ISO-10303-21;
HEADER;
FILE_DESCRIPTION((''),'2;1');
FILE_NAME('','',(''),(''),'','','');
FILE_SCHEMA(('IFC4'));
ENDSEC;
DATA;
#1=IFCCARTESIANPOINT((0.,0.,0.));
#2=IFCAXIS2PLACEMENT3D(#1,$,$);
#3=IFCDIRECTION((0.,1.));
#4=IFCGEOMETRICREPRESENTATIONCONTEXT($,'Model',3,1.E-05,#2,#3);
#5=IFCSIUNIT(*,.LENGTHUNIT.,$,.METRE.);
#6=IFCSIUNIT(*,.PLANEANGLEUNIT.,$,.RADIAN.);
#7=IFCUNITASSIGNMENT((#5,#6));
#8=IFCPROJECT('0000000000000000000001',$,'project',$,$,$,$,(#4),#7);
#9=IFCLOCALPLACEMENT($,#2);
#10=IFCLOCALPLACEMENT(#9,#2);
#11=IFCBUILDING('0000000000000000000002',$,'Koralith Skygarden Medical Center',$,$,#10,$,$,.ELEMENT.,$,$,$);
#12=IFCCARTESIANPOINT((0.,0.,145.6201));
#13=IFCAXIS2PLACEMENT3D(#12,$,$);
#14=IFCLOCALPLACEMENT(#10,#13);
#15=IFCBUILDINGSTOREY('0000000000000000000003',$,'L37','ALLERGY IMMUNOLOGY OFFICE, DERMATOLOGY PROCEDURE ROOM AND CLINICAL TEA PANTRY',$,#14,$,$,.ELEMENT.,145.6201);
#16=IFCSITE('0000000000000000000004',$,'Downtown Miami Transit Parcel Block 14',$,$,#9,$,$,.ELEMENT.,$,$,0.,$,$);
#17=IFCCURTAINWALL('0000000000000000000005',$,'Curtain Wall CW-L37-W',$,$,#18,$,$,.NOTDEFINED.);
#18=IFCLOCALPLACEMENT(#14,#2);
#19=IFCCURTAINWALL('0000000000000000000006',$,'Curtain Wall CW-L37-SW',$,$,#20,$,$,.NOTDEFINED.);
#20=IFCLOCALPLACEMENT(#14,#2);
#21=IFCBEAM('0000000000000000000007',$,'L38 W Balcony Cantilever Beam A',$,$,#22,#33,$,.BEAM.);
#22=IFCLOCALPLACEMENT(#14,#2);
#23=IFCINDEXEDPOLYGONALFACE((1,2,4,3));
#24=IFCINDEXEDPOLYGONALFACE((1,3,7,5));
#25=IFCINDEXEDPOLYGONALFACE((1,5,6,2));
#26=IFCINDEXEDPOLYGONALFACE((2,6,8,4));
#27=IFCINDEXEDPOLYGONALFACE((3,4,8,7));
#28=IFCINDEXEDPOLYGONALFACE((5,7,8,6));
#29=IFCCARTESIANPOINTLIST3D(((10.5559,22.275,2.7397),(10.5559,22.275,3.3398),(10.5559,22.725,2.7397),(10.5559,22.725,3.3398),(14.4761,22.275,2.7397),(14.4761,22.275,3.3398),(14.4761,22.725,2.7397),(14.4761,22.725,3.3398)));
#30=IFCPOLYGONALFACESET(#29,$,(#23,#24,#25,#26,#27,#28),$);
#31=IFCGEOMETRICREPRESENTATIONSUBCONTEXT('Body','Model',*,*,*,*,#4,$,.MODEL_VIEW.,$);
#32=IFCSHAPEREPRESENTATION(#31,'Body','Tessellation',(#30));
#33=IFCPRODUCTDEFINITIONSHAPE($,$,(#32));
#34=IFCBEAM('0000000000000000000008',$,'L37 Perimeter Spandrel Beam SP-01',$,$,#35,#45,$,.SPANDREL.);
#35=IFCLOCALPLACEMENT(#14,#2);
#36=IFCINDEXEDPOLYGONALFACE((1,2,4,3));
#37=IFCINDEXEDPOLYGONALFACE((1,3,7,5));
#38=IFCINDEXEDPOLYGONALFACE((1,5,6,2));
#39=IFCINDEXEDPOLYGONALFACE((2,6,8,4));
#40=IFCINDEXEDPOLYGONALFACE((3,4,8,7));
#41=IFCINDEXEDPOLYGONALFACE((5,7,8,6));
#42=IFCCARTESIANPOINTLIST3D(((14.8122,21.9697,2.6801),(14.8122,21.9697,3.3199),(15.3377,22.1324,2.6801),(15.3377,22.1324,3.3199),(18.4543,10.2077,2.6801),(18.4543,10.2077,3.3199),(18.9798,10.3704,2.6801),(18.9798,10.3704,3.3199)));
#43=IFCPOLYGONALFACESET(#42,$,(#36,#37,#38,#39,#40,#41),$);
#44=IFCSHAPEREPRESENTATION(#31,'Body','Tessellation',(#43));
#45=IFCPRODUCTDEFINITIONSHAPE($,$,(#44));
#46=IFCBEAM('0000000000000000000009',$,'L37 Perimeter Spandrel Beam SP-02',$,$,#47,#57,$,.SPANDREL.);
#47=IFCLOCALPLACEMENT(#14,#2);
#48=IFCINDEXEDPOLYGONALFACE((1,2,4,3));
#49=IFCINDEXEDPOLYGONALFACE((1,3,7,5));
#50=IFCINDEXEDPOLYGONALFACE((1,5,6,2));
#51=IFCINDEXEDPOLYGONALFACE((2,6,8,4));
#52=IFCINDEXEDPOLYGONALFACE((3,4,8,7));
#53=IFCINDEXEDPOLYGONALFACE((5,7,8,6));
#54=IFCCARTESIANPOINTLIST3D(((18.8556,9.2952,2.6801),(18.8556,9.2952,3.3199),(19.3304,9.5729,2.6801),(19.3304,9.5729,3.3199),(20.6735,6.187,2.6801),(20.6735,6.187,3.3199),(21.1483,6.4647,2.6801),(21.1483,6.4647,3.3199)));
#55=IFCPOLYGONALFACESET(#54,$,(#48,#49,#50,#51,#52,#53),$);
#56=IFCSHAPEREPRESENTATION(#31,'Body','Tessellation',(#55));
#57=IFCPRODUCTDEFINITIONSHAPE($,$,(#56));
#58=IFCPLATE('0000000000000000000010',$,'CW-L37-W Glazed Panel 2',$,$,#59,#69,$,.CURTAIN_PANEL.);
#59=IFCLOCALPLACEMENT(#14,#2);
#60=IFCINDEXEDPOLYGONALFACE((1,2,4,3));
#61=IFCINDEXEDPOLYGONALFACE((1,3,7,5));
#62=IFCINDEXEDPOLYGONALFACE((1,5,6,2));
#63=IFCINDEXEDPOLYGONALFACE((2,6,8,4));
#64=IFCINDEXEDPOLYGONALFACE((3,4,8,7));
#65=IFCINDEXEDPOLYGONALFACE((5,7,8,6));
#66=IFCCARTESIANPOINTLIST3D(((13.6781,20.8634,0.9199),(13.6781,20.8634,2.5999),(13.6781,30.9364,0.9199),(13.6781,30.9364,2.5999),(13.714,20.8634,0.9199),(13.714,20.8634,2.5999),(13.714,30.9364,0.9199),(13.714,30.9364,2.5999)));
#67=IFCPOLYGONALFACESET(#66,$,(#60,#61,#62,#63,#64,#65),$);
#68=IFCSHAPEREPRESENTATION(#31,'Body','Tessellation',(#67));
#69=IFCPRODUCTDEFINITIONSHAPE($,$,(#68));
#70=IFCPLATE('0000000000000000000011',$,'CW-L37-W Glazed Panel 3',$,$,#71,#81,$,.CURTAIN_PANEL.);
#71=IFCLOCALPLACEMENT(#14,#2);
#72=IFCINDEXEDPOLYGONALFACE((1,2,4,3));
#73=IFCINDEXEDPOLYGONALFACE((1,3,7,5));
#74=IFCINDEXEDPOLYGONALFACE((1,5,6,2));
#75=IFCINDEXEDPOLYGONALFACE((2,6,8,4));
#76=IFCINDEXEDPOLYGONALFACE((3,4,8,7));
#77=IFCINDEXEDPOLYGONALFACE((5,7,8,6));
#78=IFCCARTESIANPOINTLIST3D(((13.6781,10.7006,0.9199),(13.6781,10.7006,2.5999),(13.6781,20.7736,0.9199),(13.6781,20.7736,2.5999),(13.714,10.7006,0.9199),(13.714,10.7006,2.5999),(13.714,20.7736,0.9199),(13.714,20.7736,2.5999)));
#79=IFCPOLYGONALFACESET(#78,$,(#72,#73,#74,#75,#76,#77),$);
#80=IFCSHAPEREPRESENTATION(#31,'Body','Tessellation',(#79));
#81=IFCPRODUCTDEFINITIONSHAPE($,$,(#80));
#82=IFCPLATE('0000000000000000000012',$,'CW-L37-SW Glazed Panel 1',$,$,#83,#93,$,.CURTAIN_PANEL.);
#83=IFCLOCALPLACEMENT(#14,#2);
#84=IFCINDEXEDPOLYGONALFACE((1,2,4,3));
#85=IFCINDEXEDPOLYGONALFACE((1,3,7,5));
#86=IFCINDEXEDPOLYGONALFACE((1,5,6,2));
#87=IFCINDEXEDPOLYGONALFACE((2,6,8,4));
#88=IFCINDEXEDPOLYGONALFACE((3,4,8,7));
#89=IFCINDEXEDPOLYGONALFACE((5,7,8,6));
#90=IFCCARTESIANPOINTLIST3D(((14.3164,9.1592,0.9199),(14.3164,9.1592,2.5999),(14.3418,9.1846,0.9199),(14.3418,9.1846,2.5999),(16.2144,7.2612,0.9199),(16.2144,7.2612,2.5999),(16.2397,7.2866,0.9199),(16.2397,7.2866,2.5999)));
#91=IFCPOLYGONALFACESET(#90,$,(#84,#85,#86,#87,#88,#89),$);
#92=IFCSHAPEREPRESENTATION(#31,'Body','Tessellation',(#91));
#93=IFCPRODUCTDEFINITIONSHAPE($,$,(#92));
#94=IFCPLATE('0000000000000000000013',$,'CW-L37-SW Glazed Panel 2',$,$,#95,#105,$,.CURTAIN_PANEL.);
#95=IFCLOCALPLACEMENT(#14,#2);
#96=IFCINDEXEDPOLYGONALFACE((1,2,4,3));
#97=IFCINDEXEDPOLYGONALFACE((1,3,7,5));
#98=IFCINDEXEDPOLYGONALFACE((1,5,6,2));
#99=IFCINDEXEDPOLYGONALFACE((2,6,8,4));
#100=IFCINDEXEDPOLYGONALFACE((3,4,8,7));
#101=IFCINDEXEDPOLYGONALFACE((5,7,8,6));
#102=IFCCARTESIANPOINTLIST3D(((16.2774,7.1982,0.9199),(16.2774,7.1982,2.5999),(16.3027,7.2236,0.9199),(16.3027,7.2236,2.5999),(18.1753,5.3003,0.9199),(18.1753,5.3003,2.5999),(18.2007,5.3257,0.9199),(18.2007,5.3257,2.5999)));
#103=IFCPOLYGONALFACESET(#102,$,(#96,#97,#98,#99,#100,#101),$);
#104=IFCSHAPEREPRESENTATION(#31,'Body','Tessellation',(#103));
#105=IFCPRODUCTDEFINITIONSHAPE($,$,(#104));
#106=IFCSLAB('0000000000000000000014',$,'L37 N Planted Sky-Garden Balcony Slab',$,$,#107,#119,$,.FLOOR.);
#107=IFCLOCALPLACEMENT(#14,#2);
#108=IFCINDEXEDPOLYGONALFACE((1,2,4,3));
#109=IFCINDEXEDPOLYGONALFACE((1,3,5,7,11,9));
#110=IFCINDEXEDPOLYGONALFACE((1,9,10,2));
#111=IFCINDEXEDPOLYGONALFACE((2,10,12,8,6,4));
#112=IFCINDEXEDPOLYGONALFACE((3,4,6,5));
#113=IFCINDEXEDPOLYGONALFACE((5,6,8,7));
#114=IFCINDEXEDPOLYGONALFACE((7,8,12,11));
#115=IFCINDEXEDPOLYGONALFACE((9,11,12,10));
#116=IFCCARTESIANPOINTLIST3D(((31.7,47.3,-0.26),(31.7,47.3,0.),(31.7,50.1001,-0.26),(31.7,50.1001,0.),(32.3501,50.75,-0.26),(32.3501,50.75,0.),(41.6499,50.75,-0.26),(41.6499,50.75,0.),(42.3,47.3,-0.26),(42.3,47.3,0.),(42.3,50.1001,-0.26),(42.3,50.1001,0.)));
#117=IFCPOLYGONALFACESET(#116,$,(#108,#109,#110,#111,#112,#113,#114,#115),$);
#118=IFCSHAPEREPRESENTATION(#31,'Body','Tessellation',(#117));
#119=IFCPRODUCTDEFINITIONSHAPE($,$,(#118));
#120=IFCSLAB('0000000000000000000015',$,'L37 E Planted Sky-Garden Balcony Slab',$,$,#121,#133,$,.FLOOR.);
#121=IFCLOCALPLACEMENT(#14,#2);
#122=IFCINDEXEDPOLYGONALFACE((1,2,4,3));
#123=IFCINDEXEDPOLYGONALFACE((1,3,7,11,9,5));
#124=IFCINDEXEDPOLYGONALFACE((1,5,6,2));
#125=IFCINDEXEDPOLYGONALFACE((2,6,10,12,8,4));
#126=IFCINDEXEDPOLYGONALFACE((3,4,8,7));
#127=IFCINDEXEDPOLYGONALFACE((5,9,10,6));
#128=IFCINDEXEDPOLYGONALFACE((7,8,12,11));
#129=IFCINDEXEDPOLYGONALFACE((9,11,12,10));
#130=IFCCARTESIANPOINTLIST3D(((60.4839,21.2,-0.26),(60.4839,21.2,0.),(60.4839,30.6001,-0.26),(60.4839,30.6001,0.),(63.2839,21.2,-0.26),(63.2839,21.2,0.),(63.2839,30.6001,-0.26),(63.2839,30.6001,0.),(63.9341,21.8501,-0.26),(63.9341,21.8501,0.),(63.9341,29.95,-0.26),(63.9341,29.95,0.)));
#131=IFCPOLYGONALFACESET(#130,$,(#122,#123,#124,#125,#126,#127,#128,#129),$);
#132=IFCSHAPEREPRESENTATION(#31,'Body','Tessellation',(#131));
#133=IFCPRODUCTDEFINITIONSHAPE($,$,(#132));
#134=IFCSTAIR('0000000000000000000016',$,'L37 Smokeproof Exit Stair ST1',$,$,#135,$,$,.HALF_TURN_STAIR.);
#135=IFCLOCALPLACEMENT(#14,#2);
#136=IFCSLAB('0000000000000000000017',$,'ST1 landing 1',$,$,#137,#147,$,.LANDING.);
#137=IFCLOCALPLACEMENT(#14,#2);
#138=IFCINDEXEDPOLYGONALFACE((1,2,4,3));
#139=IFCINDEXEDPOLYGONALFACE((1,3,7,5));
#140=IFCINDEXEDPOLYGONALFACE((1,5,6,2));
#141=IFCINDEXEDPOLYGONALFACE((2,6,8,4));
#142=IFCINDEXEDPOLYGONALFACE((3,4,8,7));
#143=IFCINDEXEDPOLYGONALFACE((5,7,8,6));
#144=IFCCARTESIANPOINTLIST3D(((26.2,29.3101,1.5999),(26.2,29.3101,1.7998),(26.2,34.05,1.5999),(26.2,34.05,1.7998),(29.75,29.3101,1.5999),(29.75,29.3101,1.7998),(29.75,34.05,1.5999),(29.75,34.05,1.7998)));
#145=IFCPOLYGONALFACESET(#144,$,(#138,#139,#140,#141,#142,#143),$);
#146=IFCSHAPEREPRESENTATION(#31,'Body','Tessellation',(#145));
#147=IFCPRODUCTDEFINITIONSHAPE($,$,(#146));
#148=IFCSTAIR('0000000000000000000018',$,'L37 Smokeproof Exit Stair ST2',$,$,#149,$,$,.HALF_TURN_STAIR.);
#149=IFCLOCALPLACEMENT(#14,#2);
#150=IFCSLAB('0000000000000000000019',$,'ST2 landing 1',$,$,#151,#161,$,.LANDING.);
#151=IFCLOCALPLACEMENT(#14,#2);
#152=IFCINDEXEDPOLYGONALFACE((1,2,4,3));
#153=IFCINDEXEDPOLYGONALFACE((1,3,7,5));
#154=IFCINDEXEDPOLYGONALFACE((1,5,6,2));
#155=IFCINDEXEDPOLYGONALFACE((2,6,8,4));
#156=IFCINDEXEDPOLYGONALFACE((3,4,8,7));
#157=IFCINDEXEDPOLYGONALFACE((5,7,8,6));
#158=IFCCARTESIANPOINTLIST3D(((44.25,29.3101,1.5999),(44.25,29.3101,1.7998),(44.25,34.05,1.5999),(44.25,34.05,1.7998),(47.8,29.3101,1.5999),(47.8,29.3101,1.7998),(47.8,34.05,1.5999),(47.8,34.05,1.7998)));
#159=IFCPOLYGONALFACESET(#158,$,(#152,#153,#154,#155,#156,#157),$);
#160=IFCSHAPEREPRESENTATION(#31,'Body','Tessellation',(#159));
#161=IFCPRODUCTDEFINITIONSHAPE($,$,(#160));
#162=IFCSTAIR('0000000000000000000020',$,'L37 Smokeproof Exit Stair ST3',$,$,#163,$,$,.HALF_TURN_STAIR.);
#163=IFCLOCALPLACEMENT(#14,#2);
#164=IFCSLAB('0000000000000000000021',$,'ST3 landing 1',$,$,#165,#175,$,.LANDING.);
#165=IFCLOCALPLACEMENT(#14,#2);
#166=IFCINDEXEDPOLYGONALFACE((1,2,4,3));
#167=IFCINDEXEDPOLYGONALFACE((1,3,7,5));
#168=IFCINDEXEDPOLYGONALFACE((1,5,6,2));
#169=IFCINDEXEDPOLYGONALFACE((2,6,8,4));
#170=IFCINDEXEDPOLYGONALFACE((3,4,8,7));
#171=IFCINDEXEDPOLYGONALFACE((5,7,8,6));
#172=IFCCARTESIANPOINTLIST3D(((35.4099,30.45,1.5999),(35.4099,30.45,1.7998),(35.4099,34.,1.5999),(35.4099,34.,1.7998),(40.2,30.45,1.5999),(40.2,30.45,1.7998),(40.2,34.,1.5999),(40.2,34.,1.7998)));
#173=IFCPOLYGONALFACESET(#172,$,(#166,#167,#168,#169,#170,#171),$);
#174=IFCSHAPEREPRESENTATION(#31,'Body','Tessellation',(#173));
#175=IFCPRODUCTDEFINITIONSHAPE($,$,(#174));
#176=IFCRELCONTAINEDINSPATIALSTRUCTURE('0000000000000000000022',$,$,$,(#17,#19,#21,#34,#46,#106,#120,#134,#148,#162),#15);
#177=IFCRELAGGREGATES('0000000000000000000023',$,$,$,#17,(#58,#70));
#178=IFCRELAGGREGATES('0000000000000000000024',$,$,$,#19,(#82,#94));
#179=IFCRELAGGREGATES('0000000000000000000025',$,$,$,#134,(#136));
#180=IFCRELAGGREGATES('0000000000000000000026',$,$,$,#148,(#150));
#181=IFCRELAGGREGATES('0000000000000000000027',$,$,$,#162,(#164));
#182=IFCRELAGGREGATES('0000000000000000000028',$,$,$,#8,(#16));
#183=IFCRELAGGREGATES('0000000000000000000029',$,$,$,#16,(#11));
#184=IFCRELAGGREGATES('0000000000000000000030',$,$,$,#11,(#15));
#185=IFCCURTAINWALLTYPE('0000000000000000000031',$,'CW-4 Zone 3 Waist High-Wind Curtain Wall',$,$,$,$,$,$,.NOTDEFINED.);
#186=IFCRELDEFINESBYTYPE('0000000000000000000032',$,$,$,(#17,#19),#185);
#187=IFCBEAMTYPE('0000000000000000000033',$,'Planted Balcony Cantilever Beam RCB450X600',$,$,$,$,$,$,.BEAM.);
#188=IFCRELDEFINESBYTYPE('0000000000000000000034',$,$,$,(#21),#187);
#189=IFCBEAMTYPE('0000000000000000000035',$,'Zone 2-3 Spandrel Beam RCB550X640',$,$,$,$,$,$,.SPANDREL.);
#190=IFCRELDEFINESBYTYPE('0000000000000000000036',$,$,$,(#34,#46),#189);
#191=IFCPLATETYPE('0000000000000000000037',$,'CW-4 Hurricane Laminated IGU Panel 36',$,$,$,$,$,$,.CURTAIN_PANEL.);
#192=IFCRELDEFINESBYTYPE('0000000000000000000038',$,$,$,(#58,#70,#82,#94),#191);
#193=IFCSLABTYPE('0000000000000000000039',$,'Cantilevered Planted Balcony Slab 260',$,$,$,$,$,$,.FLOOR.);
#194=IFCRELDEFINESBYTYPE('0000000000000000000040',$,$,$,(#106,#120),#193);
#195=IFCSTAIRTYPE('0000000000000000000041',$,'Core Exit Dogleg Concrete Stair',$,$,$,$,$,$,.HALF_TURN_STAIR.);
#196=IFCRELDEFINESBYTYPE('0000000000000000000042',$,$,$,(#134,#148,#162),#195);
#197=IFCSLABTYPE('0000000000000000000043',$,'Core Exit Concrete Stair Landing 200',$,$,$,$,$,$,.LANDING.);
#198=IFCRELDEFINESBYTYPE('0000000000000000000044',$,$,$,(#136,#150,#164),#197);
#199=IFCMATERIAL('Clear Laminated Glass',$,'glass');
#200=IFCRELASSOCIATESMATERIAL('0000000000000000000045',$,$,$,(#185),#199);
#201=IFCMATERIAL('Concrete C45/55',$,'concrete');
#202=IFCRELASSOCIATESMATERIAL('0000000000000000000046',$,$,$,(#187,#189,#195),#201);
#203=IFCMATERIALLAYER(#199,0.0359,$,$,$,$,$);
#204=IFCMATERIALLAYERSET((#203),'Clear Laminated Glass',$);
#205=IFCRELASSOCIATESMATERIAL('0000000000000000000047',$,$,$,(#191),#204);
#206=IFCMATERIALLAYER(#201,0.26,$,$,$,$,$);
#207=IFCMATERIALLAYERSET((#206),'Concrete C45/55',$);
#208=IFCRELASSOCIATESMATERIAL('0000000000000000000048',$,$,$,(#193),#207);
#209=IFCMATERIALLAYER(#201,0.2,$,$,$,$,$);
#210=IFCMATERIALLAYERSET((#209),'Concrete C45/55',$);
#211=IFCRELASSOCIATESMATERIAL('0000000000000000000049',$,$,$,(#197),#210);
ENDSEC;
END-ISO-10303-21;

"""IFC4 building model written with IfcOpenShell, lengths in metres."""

from ifc_helpers import new_model, si_unit, direction, frame, origin, origin_2d, place, context, subcontext, project, spatial, polyline, rectangle, outline, extrude, material, layer, layer_set, material_profile, profile_set, type_object, element, aggregate, save


model = new_model("IFC4")

# Units and contexts
model_context = context("Model", 3, precision=1e-05, world=origin(), true_north=direction((0.0, 1.0)))
body_context = subcontext(model_context, "Body", "Model", "MODEL_VIEW")
ifc_project = project(units=[si_unit("LENGTHUNIT", "METRE"), si_unit("PLANEANGLEUNIT", "RADIAN")], contexts=[model_context])

# Site, building, storey
site_placement = place(None, origin())
site = spatial("IfcSite", under=ifc_project, at=site_placement, Name="Downtown Miami Transit Parcel Block 14", CompositionType="ELEMENT", RefElevation=0.0)
building_placement = place(site_placement, origin())
building = spatial("IfcBuilding", under=site, at=building_placement, Name="Koralith Skygarden Medical Center", CompositionType="ELEMENT")
storey_placement = place(building_placement, frame((0.0, 0.0, 145.6201)))
storey = spatial("IfcBuildingStorey", under=building, at=storey_placement, Name="L37", Description="ALLERGY IMMUNOLOGY OFFICE, DERMATOLOGY PROCEDURE ROOM AND CLINICAL TEA PANTRY", CompositionType="ELEMENT", Elevation=145.6201)

# Shared definitions
ifc_material_1 = material(Name="Clear Laminated Glass", Category="glass")
curtain_wall_type = type_object("IfcCurtainWallType", Name="CW-4 Zone 3 Waist High-Wind Curtain Wall", PredefinedType="NOTDEFINED", material=ifc_material_1)

# Curtain walls
curtain_wall_1_placement = place(storey_placement, origin())
curtain_wall_1 = element("IfcCurtainWall", 1, at=curtain_wall_1_placement, inside=storey, type_object=curtain_wall_type, Name="Curtain Wall CW-L37-W", PredefinedType="NOTDEFINED")
curtain_wall_2_placement = place(storey_placement, origin())
curtain_wall_2 = element("IfcCurtainWall", 2, at=curtain_wall_2_placement, inside=storey, type_object=curtain_wall_type, Name="Curtain Wall CW-L37-SW", PredefinedType="NOTDEFINED")

# Beams
ifc_material_2 = material(Name="Concrete C45/55", Category="concrete")
ifc_material_profile_1 = material_profile(ifc_material_2, rectangle(XDim=0.45, YDim=0.6001, at=origin_2d()), Name="RCB450X600")
ifc_profile_set_1 = profile_set([ifc_material_profile_1], Name="Concrete C45/55")
beam_type_1 = type_object("IfcBeamType", Name="Planted Balcony Cantilever Beam RCB450X600", PredefinedType="BEAM", material=ifc_profile_set_1)
beam_1_placement = place(storey_placement, frame((14.4761, 22.5, 3.0398), z_axis=(-1.0, 0.0, 0.0), x_axis=(0.0, -1.0, 0.0)))
element("IfcBeam", 3, at=beam_1_placement, inside=storey, type_object=beam_type_1, Name="L38 W Balcony Cantilever Beam A", PredefinedType="BEAM", context=body_context, shape_type="SweptSolid", body=[
    extrude(rectangle(XDim=0.45, YDim=0.6001, at=origin_2d()), origin(), (0.0, 0.0, 1.0), 3.9202),
])
ifc_material_profile_2 = material_profile(ifc_material_2, rectangle(XDim=0.55, YDim=0.6399, at=origin_2d()), Name="RCB550X640")
ifc_profile_set_2 = profile_set([ifc_material_profile_2], Name="Concrete C45/55")
beam_type_2 = type_object("IfcBeamType", Name="Zone 2-3 Spandrel Beam RCB550X640", PredefinedType="SPANDREL", material=ifc_profile_set_2)
beam_2_placement = place(storey_placement, frame((15.075, 22.051, 3.0), z_axis=(0.295794, -0.955252, 0.0), x_axis=(0.955252, 0.295794, 0.0)))
element("IfcBeam", 4, at=beam_2_placement, inside=storey, type_object=beam_type_2, Name="L37 Perimeter Spandrel Beam SP-01", PredefinedType="SPANDREL", context=body_context, shape_type="SweptSolid", body=[
    extrude(rectangle(XDim=0.55, YDim=0.6399, at=origin_2d()), origin(), (0.0, 0.0, 1.0), 12.313),
])
beam_3_placement = place(storey_placement, frame((19.093, 9.4341, 3.0), z_axis=(0.504861, -0.8632, 0.0), x_axis=(0.8632, 0.504861, 0.0)))
element("IfcBeam", 5, at=beam_3_placement, inside=storey, type_object=beam_type_2, Name="L37 Perimeter Spandrel Beam SP-02", PredefinedType="SPANDREL", context=body_context, shape_type="SweptSolid", body=[
    extrude(rectangle(XDim=0.55, YDim=0.6399, at=origin_2d()), origin(), (0.0, 0.0, 1.0), 3.6008),
])

# Plates
ifc_layer_1 = layer(ifc_material_1, 0.0359)
ifc_layer_set_1 = layer_set([ifc_layer_1], Name="Clear Laminated Glass")
plate_type_1 = type_object("IfcPlateType", Name="CW-4 Hurricane Laminated IGU Panel 36", PredefinedType="CURTAIN_PANEL", material=ifc_layer_set_1)
plate_1_placement = place(storey_placement, frame((13.696, 25.8999, 0.9199), z_axis=(0.0, 0.0, 1.0), x_axis=(0.0, -1.0, 0.0)))
plate_1 = element("IfcPlate", 6, at=plate_1_placement, type_object=plate_type_1, Name="CW-L37-W Glazed Panel 2", PredefinedType="CURTAIN_PANEL", context=body_context, shape_type="SweptSolid", body=[
    extrude(rectangle(XDim=10.073, YDim=0.0359, at=origin_2d()), origin(), (0.0, 0.0, 1.0), 1.6799),
])
plate_2_placement = place(storey_placement, frame((13.696, 15.7371, 0.9199), z_axis=(0.0, 0.0, 1.0), x_axis=(0.0, -1.0, 0.0)))
plate_2 = element("IfcPlate", 7, at=plate_2_placement, type_object=plate_type_1, Name="CW-L37-W Glazed Panel 3", PredefinedType="CURTAIN_PANEL", context=body_context, shape_type="SweptSolid", body=[
    extrude(rectangle(XDim=10.073, YDim=0.0359, at=origin_2d()), origin(), (0.0, 0.0, 1.0), 1.6799),
])
aggregate(curtain_wall_1, [plate_1, plate_2])
plate_3_placement = place(storey_placement, frame((15.2781, 8.2229, 0.9199), z_axis=(0.0, 0.0, 1.0), x_axis=(0.707107, -0.707107, 0.0)))
plate_3 = element("IfcPlate", 8, at=plate_3_placement, type_object=plate_type_1, Name="CW-L37-SW Glazed Panel 1", PredefinedType="CURTAIN_PANEL", context=body_context, shape_type="SweptSolid", body=[
    extrude(rectangle(XDim=2.6841, YDim=0.0359, at=origin_2d()), origin(), (0.0, 0.0, 1.0), 1.6799),
])
plate_4_placement = place(storey_placement, frame((17.239, 6.262, 0.9199), z_axis=(0.0, 0.0, 1.0), x_axis=(0.707107, -0.707107, 0.0)))
plate_4 = element("IfcPlate", 9, at=plate_4_placement, type_object=plate_type_1, Name="CW-L37-SW Glazed Panel 2", PredefinedType="CURTAIN_PANEL", context=body_context, shape_type="SweptSolid", body=[
    extrude(rectangle(XDim=2.6841, YDim=0.0359, at=origin_2d()), origin(), (0.0, 0.0, 1.0), 1.6799),
])
aggregate(curtain_wall_2, [plate_3, plate_4])

# Slabs
ifc_layer_2 = layer(ifc_material_2, 0.26)
ifc_layer_set_2 = layer_set([ifc_layer_2], Name="Concrete C45/55")
slab_type_1 = type_object("IfcSlabType", Name="Cantilevered Planted Balcony Slab 260", PredefinedType="FLOOR", material=ifc_layer_set_2)
slab_1_placement = place(storey_placement, frame((0.0, 0.0, -0.26)))
element("IfcSlab", 10, at=slab_1_placement, inside=storey, type_object=slab_type_1, Name="L37 N Planted Sky-Garden Balcony Slab", PredefinedType="FLOOR", context=body_context, shape_type="SweptSolid", body=[
    extrude(outline(polyline([(31.7, 47.3), (42.3, 47.3), (42.3, 50.1001), (41.6499, 50.75), (32.3501, 50.75), (31.7, 50.1001), (31.7, 47.3)])), origin(), (0.0, 0.0, 1.0), 0.26),
])
slab_2_placement = place(storey_placement, frame((0.0, 0.0, -0.26)))
element("IfcSlab", 11, at=slab_2_placement, inside=storey, type_object=slab_type_1, Name="L37 E Planted Sky-Garden Balcony Slab", PredefinedType="FLOOR", context=body_context, shape_type="SweptSolid", body=[
    extrude(outline(polyline([(60.4839, 21.2), (63.2839, 21.2), (63.9341, 21.8501), (63.9341, 29.95), (63.2839, 30.6001), (60.4839, 30.6001), (60.4839, 21.2)])), origin(), (0.0, 0.0, 1.0), 0.26),
])

# Stairs, slabs
stair_type = type_object("IfcStairType", Name="Core Exit Dogleg Concrete Stair", PredefinedType="HALF_TURN_STAIR", material=ifc_material_2)
stair_1_placement = place(storey_placement, origin())
stair_1 = element("IfcStair", 12, at=stair_1_placement, inside=storey, type_object=stair_type, Name="L37 Smokeproof Exit Stair ST1", PredefinedType="HALF_TURN_STAIR")
ifc_layer_3 = layer(ifc_material_2, 0.2)
ifc_layer_set_3 = layer_set([ifc_layer_3], Name="Concrete C45/55")
slab_type_2 = type_object("IfcSlabType", Name="Core Exit Concrete Stair Landing 200", PredefinedType="LANDING", material=ifc_layer_set_3)
slab_3_placement = place(storey_placement, frame((0.0, 0.0, 1.5999)))
slab_3 = element("IfcSlab", 13, at=slab_3_placement, type_object=slab_type_2, Name="ST1 landing 1", PredefinedType="LANDING", context=body_context, shape_type="SweptSolid", body=[
    extrude(outline(polyline([(29.75, 29.3101), (29.75, 34.05), (26.2, 34.05), (26.2, 29.3101), (29.75, 29.3101)])), origin(), (0.0, 0.0, 1.0), 0.2),
])
aggregate(stair_1, [slab_3])
stair_2_placement = place(storey_placement, origin())
stair_2 = element("IfcStair", 14, at=stair_2_placement, inside=storey, type_object=stair_type, Name="L37 Smokeproof Exit Stair ST2", PredefinedType="HALF_TURN_STAIR")
slab_4_placement = place(storey_placement, frame((0.0, 0.0, 1.5999)))
slab_4 = element("IfcSlab", 15, at=slab_4_placement, type_object=slab_type_2, Name="ST2 landing 1", PredefinedType="LANDING", context=body_context, shape_type="SweptSolid", body=[
    extrude(outline(polyline([(47.8, 29.3101), (47.8, 34.05), (44.25, 34.05), (44.25, 29.3101), (47.8, 29.3101)])), origin(), (0.0, 0.0, 1.0), 0.2),
])
aggregate(stair_2, [slab_4])
stair_3_placement = place(storey_placement, origin())
stair_3 = element("IfcStair", 16, at=stair_3_placement, inside=storey, type_object=stair_type, Name="L37 Smokeproof Exit Stair ST3", PredefinedType="HALF_TURN_STAIR")
slab_5_placement = place(storey_placement, frame((0.0, 0.0, 1.5999)))
slab_5 = element("IfcSlab", 17, at=slab_5_placement, type_object=slab_type_2, Name="ST3 landing 1", PredefinedType="LANDING", context=body_context, shape_type="SweptSolid", body=[
    extrude(outline(polyline([(35.4099, 30.45), (40.2, 30.45), (40.2, 34.0), (35.4099, 34.0), (35.4099, 30.45)])), origin(), (0.0, 0.0, 1.0), 0.2),
])
aggregate(stair_3, [slab_5])

save(model, "model.ifc")
